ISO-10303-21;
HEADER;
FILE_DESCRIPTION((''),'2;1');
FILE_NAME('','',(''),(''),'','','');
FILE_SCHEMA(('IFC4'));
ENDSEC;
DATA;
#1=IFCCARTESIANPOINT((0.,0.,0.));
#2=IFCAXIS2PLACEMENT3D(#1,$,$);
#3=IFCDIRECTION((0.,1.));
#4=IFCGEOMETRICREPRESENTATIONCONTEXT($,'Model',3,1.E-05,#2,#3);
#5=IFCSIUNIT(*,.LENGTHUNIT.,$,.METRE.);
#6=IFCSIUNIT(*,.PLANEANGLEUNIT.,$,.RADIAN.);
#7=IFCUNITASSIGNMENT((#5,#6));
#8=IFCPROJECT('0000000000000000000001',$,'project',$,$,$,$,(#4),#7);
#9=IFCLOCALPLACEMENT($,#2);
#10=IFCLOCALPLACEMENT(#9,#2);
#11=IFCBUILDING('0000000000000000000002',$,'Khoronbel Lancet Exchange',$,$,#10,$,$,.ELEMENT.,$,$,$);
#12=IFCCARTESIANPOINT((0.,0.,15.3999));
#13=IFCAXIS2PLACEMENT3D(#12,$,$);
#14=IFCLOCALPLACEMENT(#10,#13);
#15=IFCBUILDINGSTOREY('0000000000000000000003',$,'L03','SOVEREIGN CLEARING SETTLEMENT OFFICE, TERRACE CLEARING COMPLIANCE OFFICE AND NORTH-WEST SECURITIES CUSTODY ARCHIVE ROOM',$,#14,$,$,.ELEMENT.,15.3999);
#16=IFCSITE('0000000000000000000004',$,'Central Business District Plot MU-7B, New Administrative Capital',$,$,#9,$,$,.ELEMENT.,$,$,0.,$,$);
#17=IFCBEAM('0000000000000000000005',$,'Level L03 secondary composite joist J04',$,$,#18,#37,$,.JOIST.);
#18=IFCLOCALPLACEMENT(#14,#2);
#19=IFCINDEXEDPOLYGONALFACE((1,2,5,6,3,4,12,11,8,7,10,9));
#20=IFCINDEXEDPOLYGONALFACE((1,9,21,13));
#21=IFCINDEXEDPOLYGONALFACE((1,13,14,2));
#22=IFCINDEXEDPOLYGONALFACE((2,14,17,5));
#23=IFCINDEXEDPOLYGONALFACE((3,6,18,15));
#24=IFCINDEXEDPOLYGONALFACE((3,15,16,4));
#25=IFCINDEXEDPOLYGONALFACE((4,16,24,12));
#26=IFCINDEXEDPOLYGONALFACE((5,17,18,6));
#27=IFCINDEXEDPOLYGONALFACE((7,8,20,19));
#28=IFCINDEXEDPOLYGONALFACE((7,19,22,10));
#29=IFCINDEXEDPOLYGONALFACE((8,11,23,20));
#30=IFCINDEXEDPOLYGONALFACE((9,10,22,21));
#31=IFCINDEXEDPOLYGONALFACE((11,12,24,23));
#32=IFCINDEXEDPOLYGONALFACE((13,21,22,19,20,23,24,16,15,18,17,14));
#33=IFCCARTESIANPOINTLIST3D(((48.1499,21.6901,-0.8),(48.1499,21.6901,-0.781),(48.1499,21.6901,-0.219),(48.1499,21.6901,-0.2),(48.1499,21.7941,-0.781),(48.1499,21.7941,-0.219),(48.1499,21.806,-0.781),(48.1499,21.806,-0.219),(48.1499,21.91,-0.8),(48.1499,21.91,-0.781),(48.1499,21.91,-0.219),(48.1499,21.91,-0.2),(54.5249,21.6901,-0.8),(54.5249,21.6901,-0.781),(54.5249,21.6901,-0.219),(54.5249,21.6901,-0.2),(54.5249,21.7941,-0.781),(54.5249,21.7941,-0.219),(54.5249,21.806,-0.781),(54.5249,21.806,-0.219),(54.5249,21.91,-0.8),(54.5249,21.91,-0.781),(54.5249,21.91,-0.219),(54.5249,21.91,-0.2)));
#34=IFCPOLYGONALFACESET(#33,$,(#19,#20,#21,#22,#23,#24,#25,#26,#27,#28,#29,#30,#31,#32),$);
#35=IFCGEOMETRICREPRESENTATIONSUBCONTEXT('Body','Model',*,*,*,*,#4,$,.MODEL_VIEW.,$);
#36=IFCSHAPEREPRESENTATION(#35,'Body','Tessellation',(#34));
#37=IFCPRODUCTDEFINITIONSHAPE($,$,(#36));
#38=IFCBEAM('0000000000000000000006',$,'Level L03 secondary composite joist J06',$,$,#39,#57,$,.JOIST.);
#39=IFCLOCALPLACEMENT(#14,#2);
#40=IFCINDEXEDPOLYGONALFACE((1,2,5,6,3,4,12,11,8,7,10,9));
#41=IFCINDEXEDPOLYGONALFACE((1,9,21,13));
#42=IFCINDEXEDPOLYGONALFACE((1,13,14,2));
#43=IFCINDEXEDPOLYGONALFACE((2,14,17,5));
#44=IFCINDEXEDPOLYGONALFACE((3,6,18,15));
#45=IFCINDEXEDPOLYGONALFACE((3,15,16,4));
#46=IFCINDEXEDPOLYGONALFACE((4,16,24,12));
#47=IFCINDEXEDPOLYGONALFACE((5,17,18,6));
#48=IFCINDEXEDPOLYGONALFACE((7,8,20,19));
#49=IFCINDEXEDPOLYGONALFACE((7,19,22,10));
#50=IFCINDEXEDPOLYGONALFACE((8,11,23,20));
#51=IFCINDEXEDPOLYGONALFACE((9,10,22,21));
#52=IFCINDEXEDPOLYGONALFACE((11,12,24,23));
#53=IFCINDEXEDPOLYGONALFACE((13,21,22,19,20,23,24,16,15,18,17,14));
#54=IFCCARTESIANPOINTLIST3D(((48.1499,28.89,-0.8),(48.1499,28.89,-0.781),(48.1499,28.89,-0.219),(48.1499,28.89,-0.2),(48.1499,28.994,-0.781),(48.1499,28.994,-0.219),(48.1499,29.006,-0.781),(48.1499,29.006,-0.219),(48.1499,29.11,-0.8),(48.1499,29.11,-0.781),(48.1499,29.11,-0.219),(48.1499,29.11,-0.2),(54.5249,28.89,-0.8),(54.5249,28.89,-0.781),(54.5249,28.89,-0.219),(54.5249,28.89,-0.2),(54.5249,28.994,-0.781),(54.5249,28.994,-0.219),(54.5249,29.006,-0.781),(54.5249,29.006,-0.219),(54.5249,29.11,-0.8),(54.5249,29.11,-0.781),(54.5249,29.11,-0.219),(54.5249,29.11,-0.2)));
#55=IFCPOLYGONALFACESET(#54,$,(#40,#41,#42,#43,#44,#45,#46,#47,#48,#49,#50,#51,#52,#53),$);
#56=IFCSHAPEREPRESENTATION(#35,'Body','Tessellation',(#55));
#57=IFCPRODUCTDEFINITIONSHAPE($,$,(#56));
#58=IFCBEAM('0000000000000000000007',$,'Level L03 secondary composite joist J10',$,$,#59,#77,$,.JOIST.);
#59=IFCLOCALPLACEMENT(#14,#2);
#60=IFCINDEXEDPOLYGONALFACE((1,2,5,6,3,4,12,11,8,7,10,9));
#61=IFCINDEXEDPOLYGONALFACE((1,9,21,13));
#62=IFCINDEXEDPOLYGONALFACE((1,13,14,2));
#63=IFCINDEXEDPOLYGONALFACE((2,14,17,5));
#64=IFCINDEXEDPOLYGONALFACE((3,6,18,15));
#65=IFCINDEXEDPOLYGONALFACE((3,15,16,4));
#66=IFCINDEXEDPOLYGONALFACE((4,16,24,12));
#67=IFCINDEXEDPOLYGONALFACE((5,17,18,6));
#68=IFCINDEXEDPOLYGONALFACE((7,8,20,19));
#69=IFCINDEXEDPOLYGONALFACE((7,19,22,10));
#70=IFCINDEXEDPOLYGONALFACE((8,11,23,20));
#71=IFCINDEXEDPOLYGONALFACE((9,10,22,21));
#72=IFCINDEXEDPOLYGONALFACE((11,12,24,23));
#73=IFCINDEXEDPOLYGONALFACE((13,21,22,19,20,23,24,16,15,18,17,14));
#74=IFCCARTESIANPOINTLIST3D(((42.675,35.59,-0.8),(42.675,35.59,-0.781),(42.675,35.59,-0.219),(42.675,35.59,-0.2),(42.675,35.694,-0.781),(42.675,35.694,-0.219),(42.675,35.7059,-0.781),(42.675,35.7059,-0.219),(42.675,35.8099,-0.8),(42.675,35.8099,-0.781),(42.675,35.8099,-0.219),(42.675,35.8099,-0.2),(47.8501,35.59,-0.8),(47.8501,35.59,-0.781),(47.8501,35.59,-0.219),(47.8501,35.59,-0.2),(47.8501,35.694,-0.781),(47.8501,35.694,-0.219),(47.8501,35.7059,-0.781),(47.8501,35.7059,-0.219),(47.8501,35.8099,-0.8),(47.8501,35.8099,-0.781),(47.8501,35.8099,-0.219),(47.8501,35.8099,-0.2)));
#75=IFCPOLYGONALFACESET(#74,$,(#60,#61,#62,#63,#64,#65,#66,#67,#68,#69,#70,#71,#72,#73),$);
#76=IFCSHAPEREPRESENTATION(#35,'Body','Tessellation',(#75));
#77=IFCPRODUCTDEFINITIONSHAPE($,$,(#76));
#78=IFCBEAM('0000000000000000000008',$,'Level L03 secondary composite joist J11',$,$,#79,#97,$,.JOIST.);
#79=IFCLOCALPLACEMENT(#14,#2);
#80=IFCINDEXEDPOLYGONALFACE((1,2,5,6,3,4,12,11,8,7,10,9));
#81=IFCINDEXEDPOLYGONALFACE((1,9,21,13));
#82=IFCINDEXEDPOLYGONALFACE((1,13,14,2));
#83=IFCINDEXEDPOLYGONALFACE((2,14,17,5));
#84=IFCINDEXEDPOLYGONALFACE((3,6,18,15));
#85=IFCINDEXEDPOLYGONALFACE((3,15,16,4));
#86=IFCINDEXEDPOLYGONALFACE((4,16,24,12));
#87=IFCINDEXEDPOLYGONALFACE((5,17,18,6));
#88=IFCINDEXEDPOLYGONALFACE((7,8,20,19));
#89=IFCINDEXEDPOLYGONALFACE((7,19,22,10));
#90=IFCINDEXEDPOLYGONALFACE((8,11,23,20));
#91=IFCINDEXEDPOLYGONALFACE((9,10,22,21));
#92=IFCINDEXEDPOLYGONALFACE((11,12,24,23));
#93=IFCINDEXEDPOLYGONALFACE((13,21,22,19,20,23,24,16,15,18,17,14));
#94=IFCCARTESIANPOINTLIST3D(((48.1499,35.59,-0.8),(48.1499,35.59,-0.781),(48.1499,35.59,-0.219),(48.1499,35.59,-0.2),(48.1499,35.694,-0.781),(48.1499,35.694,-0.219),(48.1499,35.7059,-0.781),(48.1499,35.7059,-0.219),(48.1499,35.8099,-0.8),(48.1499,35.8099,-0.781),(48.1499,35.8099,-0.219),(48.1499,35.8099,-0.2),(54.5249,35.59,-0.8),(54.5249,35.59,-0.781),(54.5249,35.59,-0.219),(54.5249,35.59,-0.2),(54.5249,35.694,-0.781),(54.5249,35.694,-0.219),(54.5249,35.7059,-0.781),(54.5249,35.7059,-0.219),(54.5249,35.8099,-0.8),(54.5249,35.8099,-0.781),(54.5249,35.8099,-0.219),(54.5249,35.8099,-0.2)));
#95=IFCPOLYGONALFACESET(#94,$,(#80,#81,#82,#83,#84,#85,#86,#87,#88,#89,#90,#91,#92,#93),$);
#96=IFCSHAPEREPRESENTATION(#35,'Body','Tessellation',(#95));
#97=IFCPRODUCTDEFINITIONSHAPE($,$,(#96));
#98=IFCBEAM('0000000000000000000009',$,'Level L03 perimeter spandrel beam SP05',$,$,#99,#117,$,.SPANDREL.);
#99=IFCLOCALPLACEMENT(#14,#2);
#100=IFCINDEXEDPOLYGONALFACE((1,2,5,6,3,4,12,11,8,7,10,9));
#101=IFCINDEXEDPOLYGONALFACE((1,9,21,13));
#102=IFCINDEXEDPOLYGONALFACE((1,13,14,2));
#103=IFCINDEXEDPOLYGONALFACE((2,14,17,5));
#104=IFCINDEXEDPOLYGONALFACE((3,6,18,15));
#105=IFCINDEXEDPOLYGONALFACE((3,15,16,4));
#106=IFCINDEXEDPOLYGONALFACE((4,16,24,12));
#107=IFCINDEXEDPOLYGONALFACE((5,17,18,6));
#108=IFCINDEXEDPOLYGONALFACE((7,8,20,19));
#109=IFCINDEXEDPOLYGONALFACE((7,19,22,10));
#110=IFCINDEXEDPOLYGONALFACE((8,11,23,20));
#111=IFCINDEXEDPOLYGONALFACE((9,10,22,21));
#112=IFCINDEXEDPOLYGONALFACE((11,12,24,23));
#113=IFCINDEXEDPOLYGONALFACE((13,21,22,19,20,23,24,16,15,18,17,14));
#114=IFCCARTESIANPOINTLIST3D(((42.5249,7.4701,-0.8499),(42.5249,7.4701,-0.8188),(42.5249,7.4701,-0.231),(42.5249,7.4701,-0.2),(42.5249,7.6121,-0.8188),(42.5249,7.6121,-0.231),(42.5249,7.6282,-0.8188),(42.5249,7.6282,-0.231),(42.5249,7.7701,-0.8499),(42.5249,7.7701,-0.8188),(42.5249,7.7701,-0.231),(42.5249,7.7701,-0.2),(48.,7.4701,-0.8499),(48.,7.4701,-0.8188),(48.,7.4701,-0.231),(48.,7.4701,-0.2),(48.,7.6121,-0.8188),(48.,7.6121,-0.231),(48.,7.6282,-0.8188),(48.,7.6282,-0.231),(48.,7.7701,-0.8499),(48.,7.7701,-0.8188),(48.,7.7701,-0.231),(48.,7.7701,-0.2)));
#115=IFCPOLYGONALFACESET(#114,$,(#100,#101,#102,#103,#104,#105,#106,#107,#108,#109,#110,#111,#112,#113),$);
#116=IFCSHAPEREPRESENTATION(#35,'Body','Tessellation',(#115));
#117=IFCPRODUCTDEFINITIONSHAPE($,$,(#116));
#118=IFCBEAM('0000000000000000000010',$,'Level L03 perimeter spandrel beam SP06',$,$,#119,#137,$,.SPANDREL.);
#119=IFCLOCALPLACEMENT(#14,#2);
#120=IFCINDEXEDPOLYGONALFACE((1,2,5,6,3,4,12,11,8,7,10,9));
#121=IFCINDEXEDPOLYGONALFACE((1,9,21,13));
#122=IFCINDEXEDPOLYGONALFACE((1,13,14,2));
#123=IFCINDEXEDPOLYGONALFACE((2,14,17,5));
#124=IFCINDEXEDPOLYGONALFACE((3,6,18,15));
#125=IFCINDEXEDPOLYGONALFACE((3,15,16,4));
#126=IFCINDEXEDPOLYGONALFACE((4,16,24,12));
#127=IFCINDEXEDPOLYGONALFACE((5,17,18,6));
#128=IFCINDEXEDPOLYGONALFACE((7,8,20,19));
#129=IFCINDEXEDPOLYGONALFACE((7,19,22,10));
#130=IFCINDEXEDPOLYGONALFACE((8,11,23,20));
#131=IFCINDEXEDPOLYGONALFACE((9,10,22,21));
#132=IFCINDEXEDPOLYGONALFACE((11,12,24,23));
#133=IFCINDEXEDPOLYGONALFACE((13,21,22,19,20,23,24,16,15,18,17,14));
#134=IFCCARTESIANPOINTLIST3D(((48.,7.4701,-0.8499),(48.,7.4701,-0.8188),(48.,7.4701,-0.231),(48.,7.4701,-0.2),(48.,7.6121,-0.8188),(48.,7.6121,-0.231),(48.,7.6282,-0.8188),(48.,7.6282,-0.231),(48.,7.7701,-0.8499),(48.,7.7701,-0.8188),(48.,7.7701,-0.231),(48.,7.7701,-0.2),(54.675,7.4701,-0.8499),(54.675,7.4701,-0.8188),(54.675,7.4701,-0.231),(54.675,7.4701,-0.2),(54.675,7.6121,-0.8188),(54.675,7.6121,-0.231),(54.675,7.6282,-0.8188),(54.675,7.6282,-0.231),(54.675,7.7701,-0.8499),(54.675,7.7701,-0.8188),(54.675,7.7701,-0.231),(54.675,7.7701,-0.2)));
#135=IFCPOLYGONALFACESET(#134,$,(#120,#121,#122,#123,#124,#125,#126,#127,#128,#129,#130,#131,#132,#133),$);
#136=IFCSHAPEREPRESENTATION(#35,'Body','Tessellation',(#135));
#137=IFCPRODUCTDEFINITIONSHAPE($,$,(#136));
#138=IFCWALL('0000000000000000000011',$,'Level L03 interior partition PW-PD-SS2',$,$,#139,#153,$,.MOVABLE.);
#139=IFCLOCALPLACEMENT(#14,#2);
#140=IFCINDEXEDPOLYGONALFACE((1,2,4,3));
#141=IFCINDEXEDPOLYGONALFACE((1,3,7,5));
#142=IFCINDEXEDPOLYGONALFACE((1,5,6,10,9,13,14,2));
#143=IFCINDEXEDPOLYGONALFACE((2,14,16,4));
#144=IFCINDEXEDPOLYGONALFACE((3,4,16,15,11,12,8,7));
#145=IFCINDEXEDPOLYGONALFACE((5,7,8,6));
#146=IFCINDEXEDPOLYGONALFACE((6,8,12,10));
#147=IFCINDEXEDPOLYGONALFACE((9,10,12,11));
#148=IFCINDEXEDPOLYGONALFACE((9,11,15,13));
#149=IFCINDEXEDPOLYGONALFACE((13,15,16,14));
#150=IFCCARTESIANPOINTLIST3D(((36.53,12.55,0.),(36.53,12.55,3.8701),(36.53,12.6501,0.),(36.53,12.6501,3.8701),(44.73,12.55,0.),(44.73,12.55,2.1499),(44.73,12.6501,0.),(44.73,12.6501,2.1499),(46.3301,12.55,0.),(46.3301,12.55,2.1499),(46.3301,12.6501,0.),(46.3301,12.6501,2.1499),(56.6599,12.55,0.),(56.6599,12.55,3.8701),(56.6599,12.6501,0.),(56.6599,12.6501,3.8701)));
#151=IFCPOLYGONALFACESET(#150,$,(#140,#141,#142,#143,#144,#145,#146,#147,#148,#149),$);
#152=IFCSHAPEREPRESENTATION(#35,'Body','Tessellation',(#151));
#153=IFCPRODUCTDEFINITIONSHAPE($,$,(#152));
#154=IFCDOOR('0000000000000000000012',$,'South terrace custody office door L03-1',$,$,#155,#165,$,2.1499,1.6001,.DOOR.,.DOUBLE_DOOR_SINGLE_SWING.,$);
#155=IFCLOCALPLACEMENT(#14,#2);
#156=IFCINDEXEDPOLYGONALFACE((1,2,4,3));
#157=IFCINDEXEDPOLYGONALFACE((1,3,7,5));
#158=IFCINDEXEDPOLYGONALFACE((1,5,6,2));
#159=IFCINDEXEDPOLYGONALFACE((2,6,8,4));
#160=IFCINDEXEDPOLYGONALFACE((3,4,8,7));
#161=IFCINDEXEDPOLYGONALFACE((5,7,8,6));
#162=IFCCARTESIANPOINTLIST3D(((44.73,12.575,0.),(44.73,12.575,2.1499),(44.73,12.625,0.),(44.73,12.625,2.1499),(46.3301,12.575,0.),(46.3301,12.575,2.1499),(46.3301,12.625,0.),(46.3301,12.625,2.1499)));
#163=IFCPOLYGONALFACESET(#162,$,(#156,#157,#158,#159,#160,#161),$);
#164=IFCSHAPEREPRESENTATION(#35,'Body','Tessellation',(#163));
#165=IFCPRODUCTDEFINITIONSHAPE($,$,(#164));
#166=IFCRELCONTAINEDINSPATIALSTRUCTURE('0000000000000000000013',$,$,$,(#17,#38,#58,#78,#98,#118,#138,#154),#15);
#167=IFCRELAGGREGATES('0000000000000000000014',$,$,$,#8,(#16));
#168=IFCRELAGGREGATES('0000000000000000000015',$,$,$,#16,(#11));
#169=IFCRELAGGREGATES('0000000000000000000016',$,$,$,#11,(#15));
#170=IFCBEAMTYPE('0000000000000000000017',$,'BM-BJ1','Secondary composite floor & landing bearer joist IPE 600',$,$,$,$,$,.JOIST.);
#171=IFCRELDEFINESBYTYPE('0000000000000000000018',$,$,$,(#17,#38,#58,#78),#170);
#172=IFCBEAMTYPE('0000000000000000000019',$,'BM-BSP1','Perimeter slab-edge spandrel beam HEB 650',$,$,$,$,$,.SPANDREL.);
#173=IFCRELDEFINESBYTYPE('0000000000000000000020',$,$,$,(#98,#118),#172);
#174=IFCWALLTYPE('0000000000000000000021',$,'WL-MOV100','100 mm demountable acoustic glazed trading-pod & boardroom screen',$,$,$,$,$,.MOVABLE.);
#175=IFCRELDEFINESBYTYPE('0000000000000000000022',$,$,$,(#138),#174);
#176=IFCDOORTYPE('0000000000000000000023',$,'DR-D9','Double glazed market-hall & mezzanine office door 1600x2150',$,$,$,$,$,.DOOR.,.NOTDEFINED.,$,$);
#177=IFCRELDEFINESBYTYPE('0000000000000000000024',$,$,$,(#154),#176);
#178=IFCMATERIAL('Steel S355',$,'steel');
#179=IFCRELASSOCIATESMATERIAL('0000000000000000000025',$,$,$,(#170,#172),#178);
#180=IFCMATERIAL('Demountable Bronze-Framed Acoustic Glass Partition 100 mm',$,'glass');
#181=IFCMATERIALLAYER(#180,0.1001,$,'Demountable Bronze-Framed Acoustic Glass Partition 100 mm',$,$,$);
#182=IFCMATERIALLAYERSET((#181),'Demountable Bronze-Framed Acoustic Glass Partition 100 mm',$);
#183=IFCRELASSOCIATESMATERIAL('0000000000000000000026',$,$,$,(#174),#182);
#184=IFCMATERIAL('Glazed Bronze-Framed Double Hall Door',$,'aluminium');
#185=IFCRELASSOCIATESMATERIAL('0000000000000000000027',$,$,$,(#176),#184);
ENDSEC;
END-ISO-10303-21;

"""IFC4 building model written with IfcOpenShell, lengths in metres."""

from ifc_helpers import new_model, si_unit, direction, frame, frame_2d, origin, origin_2d, place, context, subcontext, project, spatial, rectangle, i_section, extrude, material, layer, layer_set, material_profile, profile_set, type_object, element, fill, save


model = new_model("IFC4")

# Units and contexts
model_context = context("Model", 3, precision=1e-05, world=origin(), true_north=direction((0.0, 1.0)))
body_context = subcontext(model_context, "Body", "Model", "MODEL_VIEW")
ifc_project = project(units=[si_unit("LENGTHUNIT", "METRE"), si_unit("PLANEANGLEUNIT", "RADIAN")], contexts=[model_context])

# Site, building, storey
site_placement = place(None, origin())
site = spatial("IfcSite", under=ifc_project, at=site_placement, Name="Central Business District Plot MU-7B, New Administrative Capital", CompositionType="ELEMENT", RefElevation=0.0)
building_placement = place(site_placement, origin())
building = spatial("IfcBuilding", under=site, at=building_placement, Name="Khoronbel Lancet Exchange", CompositionType="ELEMENT")
storey_placement = place(building_placement, frame((0.0, 0.0, 15.3999)))
storey = spatial("IfcBuildingStorey", under=building, at=storey_placement, Name="L03", Description="SOVEREIGN CLEARING SETTLEMENT OFFICE, TERRACE CLEARING COMPLIANCE OFFICE AND NORTH-WEST SECURITIES CUSTODY ARCHIVE ROOM", CompositionType="ELEMENT", Elevation=15.3999)

# Beams
ifc_material_1 = material(Name="Steel S355", Category="steel")
ifc_material_profile_1 = material_profile(ifc_material_1, i_section(OverallWidth=0.22, OverallDepth=0.6001, WebThickness=0.012, FlangeThickness=0.019, at=origin_2d()), Name="IPE 600")
ifc_profile_set_1 = profile_set([ifc_material_profile_1], Name="Steel S355")
beam_type_1 = type_object("IfcBeamType", Name="BM-BJ1", Description="Secondary composite floor & landing bearer joist IPE 600", PredefinedType="JOIST", material=ifc_profile_set_1)
for number, where, z_axis, x_axis, name in (
    (1, (48.1499, 21.8, -0.5), (1.0, 0.0, 0.0), (0.0, 1.0, 0.0), "Level L03 secondary composite joist J04"),
    (2, (48.1499, 29.0, -0.5), (1.0, 0.0, 0.0), (0.0, 1.0, 0.0), "Level L03 secondary composite joist J06"),
):
    element("IfcBeam", number, at=place(storey_placement, frame(where, z_axis=z_axis, x_axis=x_axis)), inside=storey, type_object=beam_type_1, Name=name, PredefinedType="JOIST", context=body_context, shape_type="SweptSolid", body=[
        extrude(i_section(OverallWidth=0.22, OverallDepth=0.6001, WebThickness=0.012, FlangeThickness=0.019, at=origin_2d()), origin(), (0.0, 0.0, 1.0), 6.375),
    ])
beam_1_placement = place(storey_placement, frame((42.675, 35.7, -0.5), z_axis=(1.0, 0.0, 0.0), x_axis=(0.0, 1.0, 0.0)))
element("IfcBeam", 3, at=beam_1_placement, inside=storey, type_object=beam_type_1, Name="Level L03 secondary composite joist J10", PredefinedType="JOIST", context=body_context, shape_type="SweptSolid", body=[
    extrude(i_section(OverallWidth=0.22, OverallDepth=0.6001, WebThickness=0.012, FlangeThickness=0.019, at=origin_2d()), origin(), (0.0, 0.0, 1.0), 5.175),
])
beam_2_placement = place(storey_placement, frame((48.1499, 35.7, -0.5), z_axis=(1.0, 0.0, 0.0), x_axis=(0.0, 1.0, 0.0)))
element("IfcBeam", 4, at=beam_2_placement, inside=storey, type_object=beam_type_1, Name="Level L03 secondary composite joist J11", PredefinedType="JOIST", context=body_context, shape_type="SweptSolid", body=[
    extrude(i_section(OverallWidth=0.22, OverallDepth=0.6001, WebThickness=0.012, FlangeThickness=0.019, at=origin_2d()), origin(), (0.0, 0.0, 1.0), 6.375),
])
ifc_material_profile_2 = material_profile(ifc_material_1, i_section(OverallWidth=0.3, OverallDepth=0.6499, WebThickness=0.0161, FlangeThickness=0.031, at=origin_2d()), Name="HEB 650")
ifc_profile_set_2 = profile_set([ifc_material_profile_2], Name="Steel S355")
beam_type_2 = type_object("IfcBeamType", Name="BM-BSP1", Description="Perimeter slab-edge spandrel beam HEB 650", PredefinedType="SPANDREL", material=ifc_profile_set_2)
beam_3_placement = place(storey_placement, frame((42.5249, 7.6201, -0.5249), z_axis=(1.0, 0.0, 0.0), x_axis=(0.0, 1.0, 0.0)))
element("IfcBeam", 5, at=beam_3_placement, inside=storey, type_object=beam_type_2, Name="Level L03 perimeter spandrel beam SP05", PredefinedType="SPANDREL", context=body_context, shape_type="SweptSolid", body=[
    extrude(i_section(OverallWidth=0.3, OverallDepth=0.6499, WebThickness=0.0161, FlangeThickness=0.031, at=origin_2d()), origin(), (0.0, 0.0, 1.0), 5.4751),
])
beam_4_placement = place(storey_placement, frame((48.0, 7.6201, -0.5249), z_axis=(1.0, 0.0, 0.0), x_axis=(0.0, 1.0, 0.0)))
element("IfcBeam", 6, at=beam_4_placement, inside=storey, type_object=beam_type_2, Name="Level L03 perimeter spandrel beam SP06", PredefinedType="SPANDREL", context=body_context, shape_type="SweptSolid", body=[
    extrude(i_section(OverallWidth=0.3, OverallDepth=0.6499, WebThickness=0.0161, FlangeThickness=0.031, at=origin_2d()), origin(), (0.0, 0.0, 1.0), 6.675),
])

# Wall, opening, door
ifc_material_2 = material(Name="Demountable Bronze-Framed Acoustic Glass Partition 100 mm", Category="glass")
ifc_layer_1 = layer(ifc_material_2, 0.1001, Name="Demountable Bronze-Framed Acoustic Glass Partition 100 mm")
ifc_layer_set_1 = layer_set([ifc_layer_1], Name="Demountable Bronze-Framed Acoustic Glass Partition 100 mm")
wall_type_1 = type_object("IfcWallType", Name="WL-MOV100", Description="100 mm demountable acoustic glazed trading-pod & boardroom screen", PredefinedType="MOVABLE", material=ifc_layer_set_1)
wall_1_placement = place(storey_placement, frame((36.53, 12.6001, 0.0), z_axis=(0.0, 0.0, 1.0), x_axis=(1.0, 0.0, 0.0)))
wall_1 = element("IfcWall", 7, at=wall_1_placement, inside=storey, type_object=wall_type_1, Name="Level L03 interior partition PW-PD-SS2", PredefinedType="MOVABLE", context=body_context, shape_type="SweptSolid", body=[
    extrude(rectangle(XDim=20.1299, YDim=0.1001, at=frame_2d((10.0649, 0.0))), origin(), (0.0, 0.0, 1.0), 3.8701),
])
opening_1_placement = place(wall_1_placement, frame((8.2, 0.0, 0.0)))
opening_1 = element("IfcOpeningElement", 8, at=opening_1_placement, cuts=wall_1, PredefinedType="OPENING", context=body_context, shape_type="SweptSolid", body=[
    extrude(rectangle(XDim=1.6001, YDim=2.1499, at=frame_2d((0.8, 1.075))), frame((0.0, 0.0601, 0.0), z_axis=(0.0, -1.0, 0.0), x_axis=(1.0, 0.0, 0.0)), (0.0, 0.0, 1.0), 0.1201),
])
ifc_material_3 = material(Name="Glazed Bronze-Framed Double Hall Door", Category="aluminium")
door_type_1 = type_object("IfcDoorType", Name="DR-D9", Description="Double glazed market-hall & mezzanine office door 1600x2150", OperationType="NOTDEFINED", PredefinedType="DOOR", material=ifc_material_3)
door_1_placement = place(opening_1_placement, origin())
door_1 = element("IfcDoor", 9, at=door_1_placement, inside=storey, type_object=door_type_1, Name="South terrace custody office door L03-1", OperationType="DOUBLE_DOOR_SINGLE_SWING", OverallHeight=2.1499, OverallWidth=1.6001, PredefinedType="DOOR", context=body_context, shape_type="SweptSolid", body=[
    extrude(rectangle(XDim=1.6001, YDim=2.1499, at=frame_2d((0.8, 1.075))), frame((0.0, 0.0249, 0.0), z_axis=(0.0, -1.0, 0.0), x_axis=(1.0, 0.0, 0.0)), (0.0, 0.0, 1.0), 0.05),
])
fill(opening_1, door_1)

save(model, "model.ifc")
